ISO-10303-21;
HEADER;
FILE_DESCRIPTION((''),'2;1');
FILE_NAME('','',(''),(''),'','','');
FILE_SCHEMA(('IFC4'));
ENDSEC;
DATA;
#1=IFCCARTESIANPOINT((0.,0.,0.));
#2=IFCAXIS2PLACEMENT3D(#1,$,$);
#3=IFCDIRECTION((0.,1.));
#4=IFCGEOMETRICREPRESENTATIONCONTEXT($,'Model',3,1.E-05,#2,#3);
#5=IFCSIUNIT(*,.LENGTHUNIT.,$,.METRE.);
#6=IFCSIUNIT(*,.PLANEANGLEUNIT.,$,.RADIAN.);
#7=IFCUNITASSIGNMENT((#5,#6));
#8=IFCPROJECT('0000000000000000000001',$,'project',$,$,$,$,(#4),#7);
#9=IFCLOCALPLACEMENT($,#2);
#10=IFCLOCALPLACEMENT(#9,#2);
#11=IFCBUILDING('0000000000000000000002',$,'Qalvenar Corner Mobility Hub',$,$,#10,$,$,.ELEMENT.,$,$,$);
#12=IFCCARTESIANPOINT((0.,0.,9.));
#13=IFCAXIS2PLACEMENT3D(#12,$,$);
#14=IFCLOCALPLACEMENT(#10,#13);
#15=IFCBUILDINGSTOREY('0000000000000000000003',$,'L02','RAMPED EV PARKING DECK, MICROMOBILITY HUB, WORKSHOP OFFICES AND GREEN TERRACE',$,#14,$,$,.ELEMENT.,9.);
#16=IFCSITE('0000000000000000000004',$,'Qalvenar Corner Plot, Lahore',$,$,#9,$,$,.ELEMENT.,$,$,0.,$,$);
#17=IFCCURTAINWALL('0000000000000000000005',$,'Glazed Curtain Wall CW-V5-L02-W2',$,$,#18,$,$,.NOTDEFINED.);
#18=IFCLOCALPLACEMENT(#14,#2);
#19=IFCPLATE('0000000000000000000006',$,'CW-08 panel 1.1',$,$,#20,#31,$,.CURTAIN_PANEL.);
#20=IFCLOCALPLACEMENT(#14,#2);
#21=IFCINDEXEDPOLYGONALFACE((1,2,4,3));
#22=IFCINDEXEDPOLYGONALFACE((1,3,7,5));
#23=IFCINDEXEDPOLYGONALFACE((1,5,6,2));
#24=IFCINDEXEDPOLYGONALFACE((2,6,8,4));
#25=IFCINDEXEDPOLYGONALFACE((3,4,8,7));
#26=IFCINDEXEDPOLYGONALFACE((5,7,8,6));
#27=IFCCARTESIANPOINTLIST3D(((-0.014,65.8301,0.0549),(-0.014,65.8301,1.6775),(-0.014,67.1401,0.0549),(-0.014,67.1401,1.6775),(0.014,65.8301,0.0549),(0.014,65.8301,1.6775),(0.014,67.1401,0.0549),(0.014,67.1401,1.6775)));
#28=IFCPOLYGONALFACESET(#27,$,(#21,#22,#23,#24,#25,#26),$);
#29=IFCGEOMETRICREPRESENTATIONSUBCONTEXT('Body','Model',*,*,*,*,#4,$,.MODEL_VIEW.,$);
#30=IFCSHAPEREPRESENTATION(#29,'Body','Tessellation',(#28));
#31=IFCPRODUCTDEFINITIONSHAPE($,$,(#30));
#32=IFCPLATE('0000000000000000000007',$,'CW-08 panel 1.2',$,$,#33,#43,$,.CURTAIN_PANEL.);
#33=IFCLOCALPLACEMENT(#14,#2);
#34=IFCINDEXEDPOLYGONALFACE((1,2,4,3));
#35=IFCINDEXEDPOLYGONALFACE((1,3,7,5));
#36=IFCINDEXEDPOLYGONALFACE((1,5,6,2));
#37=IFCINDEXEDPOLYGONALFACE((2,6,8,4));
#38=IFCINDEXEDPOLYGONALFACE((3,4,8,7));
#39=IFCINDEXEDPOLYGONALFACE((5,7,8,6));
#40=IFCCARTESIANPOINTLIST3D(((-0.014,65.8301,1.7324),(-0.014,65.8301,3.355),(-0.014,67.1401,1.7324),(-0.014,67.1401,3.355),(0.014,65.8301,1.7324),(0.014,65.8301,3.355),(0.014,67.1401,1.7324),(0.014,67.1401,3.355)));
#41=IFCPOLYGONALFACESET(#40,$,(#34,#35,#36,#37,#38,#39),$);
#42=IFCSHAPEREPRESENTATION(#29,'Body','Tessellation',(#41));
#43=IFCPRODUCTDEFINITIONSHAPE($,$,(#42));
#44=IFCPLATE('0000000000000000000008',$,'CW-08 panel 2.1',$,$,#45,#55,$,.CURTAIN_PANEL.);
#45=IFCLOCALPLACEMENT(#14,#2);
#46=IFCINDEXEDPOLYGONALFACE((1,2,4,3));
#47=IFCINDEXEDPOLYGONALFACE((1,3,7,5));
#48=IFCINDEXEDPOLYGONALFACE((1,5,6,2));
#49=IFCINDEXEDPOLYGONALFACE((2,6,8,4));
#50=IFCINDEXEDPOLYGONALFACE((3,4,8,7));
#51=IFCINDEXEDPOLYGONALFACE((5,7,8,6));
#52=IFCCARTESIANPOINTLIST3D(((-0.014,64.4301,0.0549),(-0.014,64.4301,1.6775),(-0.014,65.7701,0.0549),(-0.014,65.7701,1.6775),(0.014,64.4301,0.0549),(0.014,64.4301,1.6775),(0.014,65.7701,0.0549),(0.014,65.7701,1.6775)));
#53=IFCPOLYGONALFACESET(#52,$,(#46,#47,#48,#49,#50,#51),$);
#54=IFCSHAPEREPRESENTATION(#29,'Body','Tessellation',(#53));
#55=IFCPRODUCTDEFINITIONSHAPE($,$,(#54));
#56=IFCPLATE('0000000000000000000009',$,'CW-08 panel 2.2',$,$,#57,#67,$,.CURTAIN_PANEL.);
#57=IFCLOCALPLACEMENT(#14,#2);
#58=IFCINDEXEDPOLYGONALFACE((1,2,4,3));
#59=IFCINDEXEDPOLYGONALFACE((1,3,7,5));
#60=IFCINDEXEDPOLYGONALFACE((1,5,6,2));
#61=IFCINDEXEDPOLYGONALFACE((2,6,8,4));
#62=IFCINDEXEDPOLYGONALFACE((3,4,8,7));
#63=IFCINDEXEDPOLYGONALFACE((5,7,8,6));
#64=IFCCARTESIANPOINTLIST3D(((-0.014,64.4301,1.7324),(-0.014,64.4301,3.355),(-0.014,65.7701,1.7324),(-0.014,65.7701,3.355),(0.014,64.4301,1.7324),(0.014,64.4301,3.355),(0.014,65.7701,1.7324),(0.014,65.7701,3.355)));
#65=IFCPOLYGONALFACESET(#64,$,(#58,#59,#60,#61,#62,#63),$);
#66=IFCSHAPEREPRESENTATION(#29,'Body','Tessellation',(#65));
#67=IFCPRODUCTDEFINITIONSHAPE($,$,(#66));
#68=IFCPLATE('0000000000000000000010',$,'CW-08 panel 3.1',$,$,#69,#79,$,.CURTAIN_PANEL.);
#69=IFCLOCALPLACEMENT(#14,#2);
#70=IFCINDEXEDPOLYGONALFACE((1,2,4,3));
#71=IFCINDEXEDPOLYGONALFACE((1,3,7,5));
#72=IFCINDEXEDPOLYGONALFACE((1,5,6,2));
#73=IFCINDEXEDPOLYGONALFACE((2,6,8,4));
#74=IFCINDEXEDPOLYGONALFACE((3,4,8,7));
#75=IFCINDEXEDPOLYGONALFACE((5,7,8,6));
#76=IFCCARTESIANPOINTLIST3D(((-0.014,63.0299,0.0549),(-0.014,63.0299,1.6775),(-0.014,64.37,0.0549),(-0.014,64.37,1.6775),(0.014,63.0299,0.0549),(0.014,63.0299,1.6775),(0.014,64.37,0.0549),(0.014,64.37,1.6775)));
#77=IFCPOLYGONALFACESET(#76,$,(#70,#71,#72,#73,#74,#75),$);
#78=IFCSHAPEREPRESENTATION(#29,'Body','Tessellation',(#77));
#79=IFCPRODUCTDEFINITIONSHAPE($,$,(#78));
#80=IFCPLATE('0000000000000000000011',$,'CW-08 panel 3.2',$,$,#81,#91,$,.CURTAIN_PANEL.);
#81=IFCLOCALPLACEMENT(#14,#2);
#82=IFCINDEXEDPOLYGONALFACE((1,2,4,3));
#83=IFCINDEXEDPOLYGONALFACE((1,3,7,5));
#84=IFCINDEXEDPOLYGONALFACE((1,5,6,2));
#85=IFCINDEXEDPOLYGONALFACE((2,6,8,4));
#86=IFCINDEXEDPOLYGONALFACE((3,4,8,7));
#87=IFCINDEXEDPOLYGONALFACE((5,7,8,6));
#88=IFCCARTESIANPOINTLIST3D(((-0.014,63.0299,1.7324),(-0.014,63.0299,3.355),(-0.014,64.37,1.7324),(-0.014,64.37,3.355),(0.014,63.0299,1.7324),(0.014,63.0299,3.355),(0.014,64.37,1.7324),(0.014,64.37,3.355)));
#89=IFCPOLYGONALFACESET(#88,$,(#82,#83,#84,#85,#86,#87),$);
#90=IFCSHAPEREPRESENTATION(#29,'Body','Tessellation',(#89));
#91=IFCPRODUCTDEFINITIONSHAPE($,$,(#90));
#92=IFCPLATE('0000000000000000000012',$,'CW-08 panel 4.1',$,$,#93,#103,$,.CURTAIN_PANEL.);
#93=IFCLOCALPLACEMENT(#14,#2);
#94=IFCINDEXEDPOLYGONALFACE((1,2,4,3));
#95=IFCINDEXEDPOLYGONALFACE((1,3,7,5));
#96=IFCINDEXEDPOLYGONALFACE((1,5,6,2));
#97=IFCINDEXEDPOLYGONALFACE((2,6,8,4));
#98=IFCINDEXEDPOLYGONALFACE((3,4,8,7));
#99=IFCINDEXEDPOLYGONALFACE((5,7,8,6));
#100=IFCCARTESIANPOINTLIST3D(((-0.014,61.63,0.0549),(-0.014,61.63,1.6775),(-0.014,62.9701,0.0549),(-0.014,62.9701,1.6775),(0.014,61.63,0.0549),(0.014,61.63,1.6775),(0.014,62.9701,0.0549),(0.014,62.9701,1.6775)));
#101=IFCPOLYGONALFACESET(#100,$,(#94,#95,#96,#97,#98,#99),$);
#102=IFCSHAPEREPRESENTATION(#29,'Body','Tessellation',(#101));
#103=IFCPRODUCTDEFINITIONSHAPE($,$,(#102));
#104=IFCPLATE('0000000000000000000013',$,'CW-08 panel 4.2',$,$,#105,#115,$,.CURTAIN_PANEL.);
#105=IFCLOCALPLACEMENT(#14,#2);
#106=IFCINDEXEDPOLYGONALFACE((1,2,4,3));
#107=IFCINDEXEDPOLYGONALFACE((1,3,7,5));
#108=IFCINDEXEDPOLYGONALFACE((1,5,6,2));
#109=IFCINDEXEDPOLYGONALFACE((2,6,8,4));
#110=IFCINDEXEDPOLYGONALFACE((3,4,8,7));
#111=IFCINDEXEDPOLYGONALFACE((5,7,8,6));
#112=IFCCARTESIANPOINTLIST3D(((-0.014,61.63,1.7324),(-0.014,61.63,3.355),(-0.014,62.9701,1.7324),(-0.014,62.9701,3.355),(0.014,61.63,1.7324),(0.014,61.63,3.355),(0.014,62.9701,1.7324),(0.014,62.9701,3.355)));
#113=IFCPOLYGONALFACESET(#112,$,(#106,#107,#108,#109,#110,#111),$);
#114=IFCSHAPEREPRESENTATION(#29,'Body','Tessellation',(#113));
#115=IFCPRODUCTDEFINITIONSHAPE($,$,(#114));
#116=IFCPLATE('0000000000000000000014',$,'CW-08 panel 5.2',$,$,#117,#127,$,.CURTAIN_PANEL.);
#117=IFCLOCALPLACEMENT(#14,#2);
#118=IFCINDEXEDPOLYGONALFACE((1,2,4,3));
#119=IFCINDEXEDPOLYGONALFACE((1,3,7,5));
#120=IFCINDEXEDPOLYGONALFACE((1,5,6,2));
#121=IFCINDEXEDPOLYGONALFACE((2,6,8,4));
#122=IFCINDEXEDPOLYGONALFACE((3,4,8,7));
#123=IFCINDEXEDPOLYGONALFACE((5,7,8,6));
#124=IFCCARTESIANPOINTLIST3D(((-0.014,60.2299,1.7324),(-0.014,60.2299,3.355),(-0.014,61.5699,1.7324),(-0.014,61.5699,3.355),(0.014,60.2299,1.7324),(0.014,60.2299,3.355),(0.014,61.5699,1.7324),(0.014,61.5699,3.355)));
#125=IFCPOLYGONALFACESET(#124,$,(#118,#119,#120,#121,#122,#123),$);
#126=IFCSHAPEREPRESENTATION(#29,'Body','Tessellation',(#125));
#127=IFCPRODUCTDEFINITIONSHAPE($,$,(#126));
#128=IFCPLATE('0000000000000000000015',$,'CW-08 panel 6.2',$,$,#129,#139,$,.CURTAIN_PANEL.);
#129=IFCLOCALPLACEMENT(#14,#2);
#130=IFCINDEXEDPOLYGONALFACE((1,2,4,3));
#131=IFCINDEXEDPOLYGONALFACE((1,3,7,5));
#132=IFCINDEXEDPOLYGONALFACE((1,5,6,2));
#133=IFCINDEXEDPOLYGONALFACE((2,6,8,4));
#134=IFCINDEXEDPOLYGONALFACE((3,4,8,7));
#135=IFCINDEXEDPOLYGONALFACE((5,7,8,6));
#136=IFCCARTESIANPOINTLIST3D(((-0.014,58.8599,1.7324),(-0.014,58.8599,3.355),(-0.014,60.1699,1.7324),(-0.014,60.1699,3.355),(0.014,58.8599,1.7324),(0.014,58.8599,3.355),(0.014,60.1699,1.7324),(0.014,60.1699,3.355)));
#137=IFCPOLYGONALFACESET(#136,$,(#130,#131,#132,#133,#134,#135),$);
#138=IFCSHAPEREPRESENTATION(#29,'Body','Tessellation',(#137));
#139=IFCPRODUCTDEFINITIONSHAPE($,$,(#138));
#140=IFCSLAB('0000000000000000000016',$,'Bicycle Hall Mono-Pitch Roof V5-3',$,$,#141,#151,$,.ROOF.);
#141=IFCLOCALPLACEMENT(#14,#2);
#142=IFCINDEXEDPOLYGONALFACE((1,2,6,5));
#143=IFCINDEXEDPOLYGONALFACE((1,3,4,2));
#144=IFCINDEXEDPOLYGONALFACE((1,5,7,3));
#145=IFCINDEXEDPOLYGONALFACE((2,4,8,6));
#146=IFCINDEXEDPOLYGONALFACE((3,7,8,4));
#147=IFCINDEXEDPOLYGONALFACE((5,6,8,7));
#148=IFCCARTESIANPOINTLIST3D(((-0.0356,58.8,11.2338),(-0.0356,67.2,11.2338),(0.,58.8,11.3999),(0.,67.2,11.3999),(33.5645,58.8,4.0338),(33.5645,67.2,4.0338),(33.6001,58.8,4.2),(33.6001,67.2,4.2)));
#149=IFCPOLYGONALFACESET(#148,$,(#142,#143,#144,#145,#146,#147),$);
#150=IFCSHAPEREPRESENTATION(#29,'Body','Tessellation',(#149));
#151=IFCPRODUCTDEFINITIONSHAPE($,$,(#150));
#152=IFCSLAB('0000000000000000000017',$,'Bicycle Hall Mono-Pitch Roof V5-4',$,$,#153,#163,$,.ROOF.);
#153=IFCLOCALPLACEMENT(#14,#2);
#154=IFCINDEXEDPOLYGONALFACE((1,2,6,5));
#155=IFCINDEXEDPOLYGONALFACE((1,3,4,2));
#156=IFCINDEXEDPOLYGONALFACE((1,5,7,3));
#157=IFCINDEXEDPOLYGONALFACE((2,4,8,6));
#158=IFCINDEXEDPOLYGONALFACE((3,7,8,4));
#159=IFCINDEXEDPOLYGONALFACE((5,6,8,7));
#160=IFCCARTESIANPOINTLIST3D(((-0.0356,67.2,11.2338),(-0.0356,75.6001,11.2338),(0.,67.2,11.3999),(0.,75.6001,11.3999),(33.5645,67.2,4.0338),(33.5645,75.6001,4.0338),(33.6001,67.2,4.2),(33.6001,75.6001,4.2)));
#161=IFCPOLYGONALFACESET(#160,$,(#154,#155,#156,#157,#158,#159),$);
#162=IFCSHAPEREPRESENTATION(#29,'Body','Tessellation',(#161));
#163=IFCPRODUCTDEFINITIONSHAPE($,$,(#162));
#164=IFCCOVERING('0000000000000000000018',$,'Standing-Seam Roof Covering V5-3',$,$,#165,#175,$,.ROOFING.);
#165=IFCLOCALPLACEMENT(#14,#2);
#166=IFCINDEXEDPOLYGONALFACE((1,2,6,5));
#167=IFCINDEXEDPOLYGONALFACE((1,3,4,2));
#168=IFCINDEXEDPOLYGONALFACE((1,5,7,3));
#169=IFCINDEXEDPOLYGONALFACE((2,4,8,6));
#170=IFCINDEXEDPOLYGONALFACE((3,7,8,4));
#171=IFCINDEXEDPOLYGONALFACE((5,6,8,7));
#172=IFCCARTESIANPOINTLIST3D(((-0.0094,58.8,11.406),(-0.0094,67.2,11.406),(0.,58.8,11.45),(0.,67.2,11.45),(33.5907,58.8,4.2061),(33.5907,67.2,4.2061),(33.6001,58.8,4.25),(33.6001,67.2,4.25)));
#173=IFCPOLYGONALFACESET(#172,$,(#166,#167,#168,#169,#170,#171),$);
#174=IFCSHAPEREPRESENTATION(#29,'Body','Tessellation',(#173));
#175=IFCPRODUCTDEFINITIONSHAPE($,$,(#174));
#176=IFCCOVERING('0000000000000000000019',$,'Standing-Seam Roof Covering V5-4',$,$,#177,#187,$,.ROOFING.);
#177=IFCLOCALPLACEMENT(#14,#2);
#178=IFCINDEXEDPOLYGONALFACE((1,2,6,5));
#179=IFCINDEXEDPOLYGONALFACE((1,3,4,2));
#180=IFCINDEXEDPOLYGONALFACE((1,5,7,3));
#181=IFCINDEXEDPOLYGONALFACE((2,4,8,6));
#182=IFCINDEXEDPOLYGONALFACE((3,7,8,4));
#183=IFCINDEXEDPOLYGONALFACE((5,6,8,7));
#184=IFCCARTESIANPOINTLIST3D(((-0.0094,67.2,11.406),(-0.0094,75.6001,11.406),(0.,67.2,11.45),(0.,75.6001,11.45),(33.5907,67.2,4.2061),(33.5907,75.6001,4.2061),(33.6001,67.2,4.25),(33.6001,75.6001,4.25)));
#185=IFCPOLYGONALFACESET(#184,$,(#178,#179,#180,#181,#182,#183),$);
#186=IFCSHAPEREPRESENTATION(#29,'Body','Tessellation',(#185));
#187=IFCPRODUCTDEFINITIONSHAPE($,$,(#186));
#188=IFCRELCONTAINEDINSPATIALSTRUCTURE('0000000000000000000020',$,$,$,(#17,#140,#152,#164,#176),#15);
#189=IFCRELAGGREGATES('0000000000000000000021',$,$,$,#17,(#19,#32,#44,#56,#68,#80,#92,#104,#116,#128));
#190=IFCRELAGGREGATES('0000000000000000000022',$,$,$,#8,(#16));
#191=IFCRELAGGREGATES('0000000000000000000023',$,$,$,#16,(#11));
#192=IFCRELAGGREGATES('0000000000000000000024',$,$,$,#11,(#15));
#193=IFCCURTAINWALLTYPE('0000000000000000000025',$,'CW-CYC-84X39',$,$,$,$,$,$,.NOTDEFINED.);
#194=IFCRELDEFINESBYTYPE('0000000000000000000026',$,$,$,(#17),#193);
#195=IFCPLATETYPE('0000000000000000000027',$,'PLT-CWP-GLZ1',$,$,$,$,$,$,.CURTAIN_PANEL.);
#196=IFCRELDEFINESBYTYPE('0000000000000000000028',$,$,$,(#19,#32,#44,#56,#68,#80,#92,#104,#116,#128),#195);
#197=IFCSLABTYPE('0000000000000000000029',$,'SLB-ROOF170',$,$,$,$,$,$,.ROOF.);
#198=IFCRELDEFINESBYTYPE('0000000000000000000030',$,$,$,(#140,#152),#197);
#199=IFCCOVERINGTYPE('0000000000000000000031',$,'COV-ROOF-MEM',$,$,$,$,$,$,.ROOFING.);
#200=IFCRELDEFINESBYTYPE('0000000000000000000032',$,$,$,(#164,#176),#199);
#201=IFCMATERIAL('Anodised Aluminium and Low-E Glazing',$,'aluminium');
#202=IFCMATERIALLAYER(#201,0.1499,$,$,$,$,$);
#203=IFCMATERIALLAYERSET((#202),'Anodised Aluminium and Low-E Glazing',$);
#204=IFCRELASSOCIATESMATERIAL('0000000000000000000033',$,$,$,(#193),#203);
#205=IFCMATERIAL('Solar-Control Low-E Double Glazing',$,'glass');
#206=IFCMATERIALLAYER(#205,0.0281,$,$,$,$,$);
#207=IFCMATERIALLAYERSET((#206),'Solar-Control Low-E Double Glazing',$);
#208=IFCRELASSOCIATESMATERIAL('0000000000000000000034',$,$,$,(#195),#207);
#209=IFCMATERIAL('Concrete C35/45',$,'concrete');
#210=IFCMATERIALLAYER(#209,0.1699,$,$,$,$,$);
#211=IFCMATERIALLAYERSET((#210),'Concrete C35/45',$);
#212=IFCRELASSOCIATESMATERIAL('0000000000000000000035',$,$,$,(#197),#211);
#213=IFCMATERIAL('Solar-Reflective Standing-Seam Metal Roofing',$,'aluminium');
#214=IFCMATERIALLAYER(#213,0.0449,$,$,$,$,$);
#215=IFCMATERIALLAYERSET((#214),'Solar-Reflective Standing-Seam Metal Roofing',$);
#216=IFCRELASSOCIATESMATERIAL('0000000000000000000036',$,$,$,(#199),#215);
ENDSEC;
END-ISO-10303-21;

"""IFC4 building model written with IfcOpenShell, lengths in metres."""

from ifc_helpers import new_model, si_unit, direction, frame, origin, origin_2d, place, context, subcontext, project, spatial, polyline, rectangle, outline, extrude, material, layer, layer_set, type_object, element, aggregate, save


model = new_model("IFC4")

# Units and contexts
model_context = context("Model", 3, precision=1e-05, world=origin(), true_north=direction((0.0, 1.0)))
body_context = subcontext(model_context, "Body", "Model", "MODEL_VIEW")
ifc_project = project(units=[si_unit("LENGTHUNIT", "METRE"), si_unit("PLANEANGLEUNIT", "RADIAN")], contexts=[model_context])

# Site, building, storey
site_placement = place(None, origin())
site = spatial("IfcSite", under=ifc_project, at=site_placement, Name="Qalvenar Corner Plot, Lahore", CompositionType="ELEMENT", RefElevation=0.0)
building_placement = place(site_placement, origin())
building = spatial("IfcBuilding", under=site, at=building_placement, Name="Qalvenar Corner Mobility Hub", CompositionType="ELEMENT")
storey_placement = place(building_placement, frame((0.0, 0.0, 9.0)))
storey = spatial("IfcBuildingStorey", under=building, at=storey_placement, Name="L02", Description="RAMPED EV PARKING DECK, MICROMOBILITY HUB, WORKSHOP OFFICES AND GREEN TERRACE", CompositionType="ELEMENT", Elevation=9.0)

# Curtain wall
ifc_material_1 = material(Name="Anodised Aluminium and Low-E Glazing", Category="aluminium")
ifc_layer_1 = layer(ifc_material_1, 0.1499)
ifc_layer_set_1 = layer_set([ifc_layer_1], Name="Anodised Aluminium and Low-E Glazing")
curtain_wall_type = type_object("IfcCurtainWallType", Name="CW-CYC-84X39", PredefinedType="NOTDEFINED", material=ifc_layer_set_1)
curtain_wall_placement = place(storey_placement, origin())
curtain_wall = element("IfcCurtainWall", 1, at=curtain_wall_placement, inside=storey, type_object=curtain_wall_type, Name="Glazed Curtain Wall CW-V5-L02-W2", PredefinedType="NOTDEFINED")

# Plates
ifc_material_2 = material(Name="Solar-Control Low-E Double Glazing", Category="glass")
ifc_layer_2 = layer(ifc_material_2, 0.0281)
ifc_layer_set_2 = layer_set([ifc_layer_2], Name="Solar-Control Low-E Double Glazing")
plate_type = type_object("IfcPlateType", Name="PLT-CWP-GLZ1", PredefinedType="CURTAIN_PANEL", material=ifc_layer_set_2)
plate_1_placement = place(storey_placement, frame((0.0, 66.4851, 0.0549), z_axis=(0.0, 0.0, 1.0), x_axis=(0.0, -1.0, 0.0)))
plate_1 = element("IfcPlate", 2, at=plate_1_placement, type_object=plate_type, Name="CW-08 panel 1.1", PredefinedType="CURTAIN_PANEL", context=body_context, shape_type="SweptSolid", body=[
    extrude(rectangle(XDim=1.3101, YDim=0.0281, at=origin_2d()), origin(), (0.0, 0.0, 1.0), 1.6226),
])
plate_2_placement = place(storey_placement, frame((0.0, 66.4851, 1.7324), z_axis=(0.0, 0.0, 1.0), x_axis=(0.0, -1.0, 0.0)))
plate_2 = element("IfcPlate", 3, at=plate_2_placement, type_object=plate_type, Name="CW-08 panel 1.2", PredefinedType="CURTAIN_PANEL", context=body_context, shape_type="SweptSolid", body=[
    extrude(rectangle(XDim=1.3101, YDim=0.0281, at=origin_2d()), origin(), (0.0, 0.0, 1.0), 1.6226),
])
plate_3_placement = place(storey_placement, frame((0.0, 65.1001, 0.0549), z_axis=(0.0, 0.0, 1.0), x_axis=(0.0, -1.0, 0.0)))
plate_3 = element("IfcPlate", 4, at=plate_3_placement, type_object=plate_type, Name="CW-08 panel 2.1", PredefinedType="CURTAIN_PANEL", context=body_context, shape_type="SweptSolid", body=[
    extrude(rectangle(XDim=1.3401, YDim=0.0281, at=origin_2d()), origin(), (0.0, 0.0, 1.0), 1.6226),
])
plate_4_placement = place(storey_placement, frame((0.0, 65.1001, 1.7324), z_axis=(0.0, 0.0, 1.0), x_axis=(0.0, -1.0, 0.0)))
plate_4 = element("IfcPlate", 5, at=plate_4_placement, type_object=plate_type, Name="CW-08 panel 2.2", PredefinedType="CURTAIN_PANEL", context=body_context, shape_type="SweptSolid", body=[
    extrude(rectangle(XDim=1.3401, YDim=0.0281, at=origin_2d()), origin(), (0.0, 0.0, 1.0), 1.6226),
])
plate_5_placement = place(storey_placement, frame((0.0, 63.7, 0.0549), z_axis=(0.0, 0.0, 1.0), x_axis=(0.0, -1.0, 0.0)))
plate_5 = element("IfcPlate", 6, at=plate_5_placement, type_object=plate_type, Name="CW-08 panel 3.1", PredefinedType="CURTAIN_PANEL", context=body_context, shape_type="SweptSolid", body=[
    extrude(rectangle(XDim=1.3401, YDim=0.0281, at=origin_2d()), origin(), (0.0, 0.0, 1.0), 1.6226),
])
plate_6_placement = place(storey_placement, frame((0.0, 63.7, 1.7324), z_axis=(0.0, 0.0, 1.0), x_axis=(0.0, -1.0, 0.0)))
plate_6 = element("IfcPlate", 7, at=plate_6_placement, type_object=plate_type, Name="CW-08 panel 3.2", PredefinedType="CURTAIN_PANEL", context=body_context, shape_type="SweptSolid", body=[
    extrude(rectangle(XDim=1.3401, YDim=0.0281, at=origin_2d()), origin(), (0.0, 0.0, 1.0), 1.6226),
])
plate_7_placement = place(storey_placement, frame((0.0, 62.3, 0.0549), z_axis=(0.0, 0.0, 1.0), x_axis=(0.0, -1.0, 0.0)))
plate_7 = element("IfcPlate", 8, at=plate_7_placement, type_object=plate_type, Name="CW-08 panel 4.1", PredefinedType="CURTAIN_PANEL", context=body_context, shape_type="SweptSolid", body=[
    extrude(rectangle(XDim=1.3401, YDim=0.0281, at=origin_2d()), origin(), (0.0, 0.0, 1.0), 1.6226),
])
plate_8_placement = place(storey_placement, frame((0.0, 62.3, 1.7324), z_axis=(0.0, 0.0, 1.0), x_axis=(0.0, -1.0, 0.0)))
plate_8 = element("IfcPlate", 9, at=plate_8_placement, type_object=plate_type, Name="CW-08 panel 4.2", PredefinedType="CURTAIN_PANEL", context=body_context, shape_type="SweptSolid", body=[
    extrude(rectangle(XDim=1.3401, YDim=0.0281, at=origin_2d()), origin(), (0.0, 0.0, 1.0), 1.6226),
])
plate_9_placement = place(storey_placement, frame((0.0, 60.8999, 1.7324), z_axis=(0.0, 0.0, 1.0), x_axis=(0.0, -1.0, 0.0)))
plate_9 = element("IfcPlate", 10, at=plate_9_placement, type_object=plate_type, Name="CW-08 panel 5.2", PredefinedType="CURTAIN_PANEL", context=body_context, shape_type="SweptSolid", body=[
    extrude(rectangle(XDim=1.3401, YDim=0.0281, at=origin_2d()), origin(), (0.0, 0.0, 1.0), 1.6226),
])
plate_10_placement = place(storey_placement, frame((0.0, 59.5149, 1.7324), z_axis=(0.0, 0.0, 1.0), x_axis=(0.0, -1.0, 0.0)))
plate_10 = element("IfcPlate", 11, at=plate_10_placement, type_object=plate_type, Name="CW-08 panel 6.2", PredefinedType="CURTAIN_PANEL", context=body_context, shape_type="SweptSolid", body=[
    extrude(rectangle(XDim=1.3101, YDim=0.0281, at=origin_2d()), origin(), (0.0, 0.0, 1.0), 1.6226),
])
aggregate(curtain_wall, [plate_1, plate_2, plate_3, plate_4, plate_5, plate_6, plate_7, plate_8, plate_9, plate_10])

# Slabs
ifc_material_3 = material(Name="Concrete C35/45", Category="concrete")
ifc_layer_3 = layer(ifc_material_3, 0.1699)
ifc_layer_set_3 = layer_set([ifc_layer_3], Name="Concrete C35/45")
slab_type = type_object("IfcSlabType", Name="SLB-ROOF170", PredefinedType="ROOF", material=ifc_layer_set_3)
slab_1_placement = place(storey_placement, frame((0.0, 58.8, 11.3999), z_axis=(0.209527, 0.0, 0.977803), x_axis=(0.977803, 0.0, -0.209527)))
element("IfcSlab", 12, at=slab_1_placement, inside=storey, type_object=slab_type, Name="Bicycle Hall Mono-Pitch Roof V5-3", PredefinedType="ROOF", context=body_context, shape_type="SweptSolid", body=[
    extrude(outline(polyline([(0.0, 0.0), (34.3629, 0.0), (34.3629, 8.3999), (0.0, 8.3999), (0.0, 0.0)])), origin(), (0.0, 0.0, -1.0), 0.1699),
])
slab_2_placement = place(storey_placement, frame((0.0, 67.2, 11.3999), z_axis=(0.209527, 0.0, 0.977803), x_axis=(0.977803, 0.0, -0.209527)))
element("IfcSlab", 13, at=slab_2_placement, inside=storey, type_object=slab_type, Name="Bicycle Hall Mono-Pitch Roof V5-4", PredefinedType="ROOF", context=body_context, shape_type="SweptSolid", body=[
    extrude(outline(polyline([(0.0, 0.0), (34.3629, 0.0), (34.3629, 8.4001), (0.0, 8.4001), (0.0, 0.0)])), origin(), (0.0, 0.0, -1.0), 0.1699),
])

# Coverings
ifc_material_4 = material(Name="Solar-Reflective Standing-Seam Metal Roofing", Category="aluminium")
ifc_layer_4 = layer(ifc_material_4, 0.0449)
ifc_layer_set_4 = layer_set([ifc_layer_4], Name="Solar-Reflective Standing-Seam Metal Roofing")
covering_type = type_object("IfcCoveringType", Name="COV-ROOF-MEM", PredefinedType="ROOFING", material=ifc_layer_set_4)
covering_1_placement = place(storey_placement, frame((0.0, 58.8, 11.45), z_axis=(0.209527, 0.0, 0.977803), x_axis=(0.977803, 0.0, -0.209527)))
element("IfcCovering", 14, at=covering_1_placement, inside=storey, type_object=covering_type, Name="Standing-Seam Roof Covering V5-3", PredefinedType="ROOFING", context=body_context, shape_type="SweptSolid", body=[
    extrude(outline(polyline([(0.0, 0.0), (34.3629, 0.0), (34.3629, 8.3999), (0.0, 8.3999), (0.0, 0.0)])), origin(), (0.0, 0.0, -1.0), 0.0449),
])
covering_2_placement = place(storey_placement, frame((0.0, 67.2, 11.45), z_axis=(0.209527, 0.0, 0.977803), x_axis=(0.977803, 0.0, -0.209527)))
element("IfcCovering", 15, at=covering_2_placement, inside=storey, type_object=covering_type, Name="Standing-Seam Roof Covering V5-4", PredefinedType="ROOFING", context=body_context, shape_type="SweptSolid", body=[
    extrude(outline(polyline([(0.0, 0.0), (34.3629, 0.0), (34.3629, 8.4001), (0.0, 8.4001), (0.0, 0.0)])), origin(), (0.0, 0.0, -1.0), 0.0449),
])

save(model, "model.ifc")
